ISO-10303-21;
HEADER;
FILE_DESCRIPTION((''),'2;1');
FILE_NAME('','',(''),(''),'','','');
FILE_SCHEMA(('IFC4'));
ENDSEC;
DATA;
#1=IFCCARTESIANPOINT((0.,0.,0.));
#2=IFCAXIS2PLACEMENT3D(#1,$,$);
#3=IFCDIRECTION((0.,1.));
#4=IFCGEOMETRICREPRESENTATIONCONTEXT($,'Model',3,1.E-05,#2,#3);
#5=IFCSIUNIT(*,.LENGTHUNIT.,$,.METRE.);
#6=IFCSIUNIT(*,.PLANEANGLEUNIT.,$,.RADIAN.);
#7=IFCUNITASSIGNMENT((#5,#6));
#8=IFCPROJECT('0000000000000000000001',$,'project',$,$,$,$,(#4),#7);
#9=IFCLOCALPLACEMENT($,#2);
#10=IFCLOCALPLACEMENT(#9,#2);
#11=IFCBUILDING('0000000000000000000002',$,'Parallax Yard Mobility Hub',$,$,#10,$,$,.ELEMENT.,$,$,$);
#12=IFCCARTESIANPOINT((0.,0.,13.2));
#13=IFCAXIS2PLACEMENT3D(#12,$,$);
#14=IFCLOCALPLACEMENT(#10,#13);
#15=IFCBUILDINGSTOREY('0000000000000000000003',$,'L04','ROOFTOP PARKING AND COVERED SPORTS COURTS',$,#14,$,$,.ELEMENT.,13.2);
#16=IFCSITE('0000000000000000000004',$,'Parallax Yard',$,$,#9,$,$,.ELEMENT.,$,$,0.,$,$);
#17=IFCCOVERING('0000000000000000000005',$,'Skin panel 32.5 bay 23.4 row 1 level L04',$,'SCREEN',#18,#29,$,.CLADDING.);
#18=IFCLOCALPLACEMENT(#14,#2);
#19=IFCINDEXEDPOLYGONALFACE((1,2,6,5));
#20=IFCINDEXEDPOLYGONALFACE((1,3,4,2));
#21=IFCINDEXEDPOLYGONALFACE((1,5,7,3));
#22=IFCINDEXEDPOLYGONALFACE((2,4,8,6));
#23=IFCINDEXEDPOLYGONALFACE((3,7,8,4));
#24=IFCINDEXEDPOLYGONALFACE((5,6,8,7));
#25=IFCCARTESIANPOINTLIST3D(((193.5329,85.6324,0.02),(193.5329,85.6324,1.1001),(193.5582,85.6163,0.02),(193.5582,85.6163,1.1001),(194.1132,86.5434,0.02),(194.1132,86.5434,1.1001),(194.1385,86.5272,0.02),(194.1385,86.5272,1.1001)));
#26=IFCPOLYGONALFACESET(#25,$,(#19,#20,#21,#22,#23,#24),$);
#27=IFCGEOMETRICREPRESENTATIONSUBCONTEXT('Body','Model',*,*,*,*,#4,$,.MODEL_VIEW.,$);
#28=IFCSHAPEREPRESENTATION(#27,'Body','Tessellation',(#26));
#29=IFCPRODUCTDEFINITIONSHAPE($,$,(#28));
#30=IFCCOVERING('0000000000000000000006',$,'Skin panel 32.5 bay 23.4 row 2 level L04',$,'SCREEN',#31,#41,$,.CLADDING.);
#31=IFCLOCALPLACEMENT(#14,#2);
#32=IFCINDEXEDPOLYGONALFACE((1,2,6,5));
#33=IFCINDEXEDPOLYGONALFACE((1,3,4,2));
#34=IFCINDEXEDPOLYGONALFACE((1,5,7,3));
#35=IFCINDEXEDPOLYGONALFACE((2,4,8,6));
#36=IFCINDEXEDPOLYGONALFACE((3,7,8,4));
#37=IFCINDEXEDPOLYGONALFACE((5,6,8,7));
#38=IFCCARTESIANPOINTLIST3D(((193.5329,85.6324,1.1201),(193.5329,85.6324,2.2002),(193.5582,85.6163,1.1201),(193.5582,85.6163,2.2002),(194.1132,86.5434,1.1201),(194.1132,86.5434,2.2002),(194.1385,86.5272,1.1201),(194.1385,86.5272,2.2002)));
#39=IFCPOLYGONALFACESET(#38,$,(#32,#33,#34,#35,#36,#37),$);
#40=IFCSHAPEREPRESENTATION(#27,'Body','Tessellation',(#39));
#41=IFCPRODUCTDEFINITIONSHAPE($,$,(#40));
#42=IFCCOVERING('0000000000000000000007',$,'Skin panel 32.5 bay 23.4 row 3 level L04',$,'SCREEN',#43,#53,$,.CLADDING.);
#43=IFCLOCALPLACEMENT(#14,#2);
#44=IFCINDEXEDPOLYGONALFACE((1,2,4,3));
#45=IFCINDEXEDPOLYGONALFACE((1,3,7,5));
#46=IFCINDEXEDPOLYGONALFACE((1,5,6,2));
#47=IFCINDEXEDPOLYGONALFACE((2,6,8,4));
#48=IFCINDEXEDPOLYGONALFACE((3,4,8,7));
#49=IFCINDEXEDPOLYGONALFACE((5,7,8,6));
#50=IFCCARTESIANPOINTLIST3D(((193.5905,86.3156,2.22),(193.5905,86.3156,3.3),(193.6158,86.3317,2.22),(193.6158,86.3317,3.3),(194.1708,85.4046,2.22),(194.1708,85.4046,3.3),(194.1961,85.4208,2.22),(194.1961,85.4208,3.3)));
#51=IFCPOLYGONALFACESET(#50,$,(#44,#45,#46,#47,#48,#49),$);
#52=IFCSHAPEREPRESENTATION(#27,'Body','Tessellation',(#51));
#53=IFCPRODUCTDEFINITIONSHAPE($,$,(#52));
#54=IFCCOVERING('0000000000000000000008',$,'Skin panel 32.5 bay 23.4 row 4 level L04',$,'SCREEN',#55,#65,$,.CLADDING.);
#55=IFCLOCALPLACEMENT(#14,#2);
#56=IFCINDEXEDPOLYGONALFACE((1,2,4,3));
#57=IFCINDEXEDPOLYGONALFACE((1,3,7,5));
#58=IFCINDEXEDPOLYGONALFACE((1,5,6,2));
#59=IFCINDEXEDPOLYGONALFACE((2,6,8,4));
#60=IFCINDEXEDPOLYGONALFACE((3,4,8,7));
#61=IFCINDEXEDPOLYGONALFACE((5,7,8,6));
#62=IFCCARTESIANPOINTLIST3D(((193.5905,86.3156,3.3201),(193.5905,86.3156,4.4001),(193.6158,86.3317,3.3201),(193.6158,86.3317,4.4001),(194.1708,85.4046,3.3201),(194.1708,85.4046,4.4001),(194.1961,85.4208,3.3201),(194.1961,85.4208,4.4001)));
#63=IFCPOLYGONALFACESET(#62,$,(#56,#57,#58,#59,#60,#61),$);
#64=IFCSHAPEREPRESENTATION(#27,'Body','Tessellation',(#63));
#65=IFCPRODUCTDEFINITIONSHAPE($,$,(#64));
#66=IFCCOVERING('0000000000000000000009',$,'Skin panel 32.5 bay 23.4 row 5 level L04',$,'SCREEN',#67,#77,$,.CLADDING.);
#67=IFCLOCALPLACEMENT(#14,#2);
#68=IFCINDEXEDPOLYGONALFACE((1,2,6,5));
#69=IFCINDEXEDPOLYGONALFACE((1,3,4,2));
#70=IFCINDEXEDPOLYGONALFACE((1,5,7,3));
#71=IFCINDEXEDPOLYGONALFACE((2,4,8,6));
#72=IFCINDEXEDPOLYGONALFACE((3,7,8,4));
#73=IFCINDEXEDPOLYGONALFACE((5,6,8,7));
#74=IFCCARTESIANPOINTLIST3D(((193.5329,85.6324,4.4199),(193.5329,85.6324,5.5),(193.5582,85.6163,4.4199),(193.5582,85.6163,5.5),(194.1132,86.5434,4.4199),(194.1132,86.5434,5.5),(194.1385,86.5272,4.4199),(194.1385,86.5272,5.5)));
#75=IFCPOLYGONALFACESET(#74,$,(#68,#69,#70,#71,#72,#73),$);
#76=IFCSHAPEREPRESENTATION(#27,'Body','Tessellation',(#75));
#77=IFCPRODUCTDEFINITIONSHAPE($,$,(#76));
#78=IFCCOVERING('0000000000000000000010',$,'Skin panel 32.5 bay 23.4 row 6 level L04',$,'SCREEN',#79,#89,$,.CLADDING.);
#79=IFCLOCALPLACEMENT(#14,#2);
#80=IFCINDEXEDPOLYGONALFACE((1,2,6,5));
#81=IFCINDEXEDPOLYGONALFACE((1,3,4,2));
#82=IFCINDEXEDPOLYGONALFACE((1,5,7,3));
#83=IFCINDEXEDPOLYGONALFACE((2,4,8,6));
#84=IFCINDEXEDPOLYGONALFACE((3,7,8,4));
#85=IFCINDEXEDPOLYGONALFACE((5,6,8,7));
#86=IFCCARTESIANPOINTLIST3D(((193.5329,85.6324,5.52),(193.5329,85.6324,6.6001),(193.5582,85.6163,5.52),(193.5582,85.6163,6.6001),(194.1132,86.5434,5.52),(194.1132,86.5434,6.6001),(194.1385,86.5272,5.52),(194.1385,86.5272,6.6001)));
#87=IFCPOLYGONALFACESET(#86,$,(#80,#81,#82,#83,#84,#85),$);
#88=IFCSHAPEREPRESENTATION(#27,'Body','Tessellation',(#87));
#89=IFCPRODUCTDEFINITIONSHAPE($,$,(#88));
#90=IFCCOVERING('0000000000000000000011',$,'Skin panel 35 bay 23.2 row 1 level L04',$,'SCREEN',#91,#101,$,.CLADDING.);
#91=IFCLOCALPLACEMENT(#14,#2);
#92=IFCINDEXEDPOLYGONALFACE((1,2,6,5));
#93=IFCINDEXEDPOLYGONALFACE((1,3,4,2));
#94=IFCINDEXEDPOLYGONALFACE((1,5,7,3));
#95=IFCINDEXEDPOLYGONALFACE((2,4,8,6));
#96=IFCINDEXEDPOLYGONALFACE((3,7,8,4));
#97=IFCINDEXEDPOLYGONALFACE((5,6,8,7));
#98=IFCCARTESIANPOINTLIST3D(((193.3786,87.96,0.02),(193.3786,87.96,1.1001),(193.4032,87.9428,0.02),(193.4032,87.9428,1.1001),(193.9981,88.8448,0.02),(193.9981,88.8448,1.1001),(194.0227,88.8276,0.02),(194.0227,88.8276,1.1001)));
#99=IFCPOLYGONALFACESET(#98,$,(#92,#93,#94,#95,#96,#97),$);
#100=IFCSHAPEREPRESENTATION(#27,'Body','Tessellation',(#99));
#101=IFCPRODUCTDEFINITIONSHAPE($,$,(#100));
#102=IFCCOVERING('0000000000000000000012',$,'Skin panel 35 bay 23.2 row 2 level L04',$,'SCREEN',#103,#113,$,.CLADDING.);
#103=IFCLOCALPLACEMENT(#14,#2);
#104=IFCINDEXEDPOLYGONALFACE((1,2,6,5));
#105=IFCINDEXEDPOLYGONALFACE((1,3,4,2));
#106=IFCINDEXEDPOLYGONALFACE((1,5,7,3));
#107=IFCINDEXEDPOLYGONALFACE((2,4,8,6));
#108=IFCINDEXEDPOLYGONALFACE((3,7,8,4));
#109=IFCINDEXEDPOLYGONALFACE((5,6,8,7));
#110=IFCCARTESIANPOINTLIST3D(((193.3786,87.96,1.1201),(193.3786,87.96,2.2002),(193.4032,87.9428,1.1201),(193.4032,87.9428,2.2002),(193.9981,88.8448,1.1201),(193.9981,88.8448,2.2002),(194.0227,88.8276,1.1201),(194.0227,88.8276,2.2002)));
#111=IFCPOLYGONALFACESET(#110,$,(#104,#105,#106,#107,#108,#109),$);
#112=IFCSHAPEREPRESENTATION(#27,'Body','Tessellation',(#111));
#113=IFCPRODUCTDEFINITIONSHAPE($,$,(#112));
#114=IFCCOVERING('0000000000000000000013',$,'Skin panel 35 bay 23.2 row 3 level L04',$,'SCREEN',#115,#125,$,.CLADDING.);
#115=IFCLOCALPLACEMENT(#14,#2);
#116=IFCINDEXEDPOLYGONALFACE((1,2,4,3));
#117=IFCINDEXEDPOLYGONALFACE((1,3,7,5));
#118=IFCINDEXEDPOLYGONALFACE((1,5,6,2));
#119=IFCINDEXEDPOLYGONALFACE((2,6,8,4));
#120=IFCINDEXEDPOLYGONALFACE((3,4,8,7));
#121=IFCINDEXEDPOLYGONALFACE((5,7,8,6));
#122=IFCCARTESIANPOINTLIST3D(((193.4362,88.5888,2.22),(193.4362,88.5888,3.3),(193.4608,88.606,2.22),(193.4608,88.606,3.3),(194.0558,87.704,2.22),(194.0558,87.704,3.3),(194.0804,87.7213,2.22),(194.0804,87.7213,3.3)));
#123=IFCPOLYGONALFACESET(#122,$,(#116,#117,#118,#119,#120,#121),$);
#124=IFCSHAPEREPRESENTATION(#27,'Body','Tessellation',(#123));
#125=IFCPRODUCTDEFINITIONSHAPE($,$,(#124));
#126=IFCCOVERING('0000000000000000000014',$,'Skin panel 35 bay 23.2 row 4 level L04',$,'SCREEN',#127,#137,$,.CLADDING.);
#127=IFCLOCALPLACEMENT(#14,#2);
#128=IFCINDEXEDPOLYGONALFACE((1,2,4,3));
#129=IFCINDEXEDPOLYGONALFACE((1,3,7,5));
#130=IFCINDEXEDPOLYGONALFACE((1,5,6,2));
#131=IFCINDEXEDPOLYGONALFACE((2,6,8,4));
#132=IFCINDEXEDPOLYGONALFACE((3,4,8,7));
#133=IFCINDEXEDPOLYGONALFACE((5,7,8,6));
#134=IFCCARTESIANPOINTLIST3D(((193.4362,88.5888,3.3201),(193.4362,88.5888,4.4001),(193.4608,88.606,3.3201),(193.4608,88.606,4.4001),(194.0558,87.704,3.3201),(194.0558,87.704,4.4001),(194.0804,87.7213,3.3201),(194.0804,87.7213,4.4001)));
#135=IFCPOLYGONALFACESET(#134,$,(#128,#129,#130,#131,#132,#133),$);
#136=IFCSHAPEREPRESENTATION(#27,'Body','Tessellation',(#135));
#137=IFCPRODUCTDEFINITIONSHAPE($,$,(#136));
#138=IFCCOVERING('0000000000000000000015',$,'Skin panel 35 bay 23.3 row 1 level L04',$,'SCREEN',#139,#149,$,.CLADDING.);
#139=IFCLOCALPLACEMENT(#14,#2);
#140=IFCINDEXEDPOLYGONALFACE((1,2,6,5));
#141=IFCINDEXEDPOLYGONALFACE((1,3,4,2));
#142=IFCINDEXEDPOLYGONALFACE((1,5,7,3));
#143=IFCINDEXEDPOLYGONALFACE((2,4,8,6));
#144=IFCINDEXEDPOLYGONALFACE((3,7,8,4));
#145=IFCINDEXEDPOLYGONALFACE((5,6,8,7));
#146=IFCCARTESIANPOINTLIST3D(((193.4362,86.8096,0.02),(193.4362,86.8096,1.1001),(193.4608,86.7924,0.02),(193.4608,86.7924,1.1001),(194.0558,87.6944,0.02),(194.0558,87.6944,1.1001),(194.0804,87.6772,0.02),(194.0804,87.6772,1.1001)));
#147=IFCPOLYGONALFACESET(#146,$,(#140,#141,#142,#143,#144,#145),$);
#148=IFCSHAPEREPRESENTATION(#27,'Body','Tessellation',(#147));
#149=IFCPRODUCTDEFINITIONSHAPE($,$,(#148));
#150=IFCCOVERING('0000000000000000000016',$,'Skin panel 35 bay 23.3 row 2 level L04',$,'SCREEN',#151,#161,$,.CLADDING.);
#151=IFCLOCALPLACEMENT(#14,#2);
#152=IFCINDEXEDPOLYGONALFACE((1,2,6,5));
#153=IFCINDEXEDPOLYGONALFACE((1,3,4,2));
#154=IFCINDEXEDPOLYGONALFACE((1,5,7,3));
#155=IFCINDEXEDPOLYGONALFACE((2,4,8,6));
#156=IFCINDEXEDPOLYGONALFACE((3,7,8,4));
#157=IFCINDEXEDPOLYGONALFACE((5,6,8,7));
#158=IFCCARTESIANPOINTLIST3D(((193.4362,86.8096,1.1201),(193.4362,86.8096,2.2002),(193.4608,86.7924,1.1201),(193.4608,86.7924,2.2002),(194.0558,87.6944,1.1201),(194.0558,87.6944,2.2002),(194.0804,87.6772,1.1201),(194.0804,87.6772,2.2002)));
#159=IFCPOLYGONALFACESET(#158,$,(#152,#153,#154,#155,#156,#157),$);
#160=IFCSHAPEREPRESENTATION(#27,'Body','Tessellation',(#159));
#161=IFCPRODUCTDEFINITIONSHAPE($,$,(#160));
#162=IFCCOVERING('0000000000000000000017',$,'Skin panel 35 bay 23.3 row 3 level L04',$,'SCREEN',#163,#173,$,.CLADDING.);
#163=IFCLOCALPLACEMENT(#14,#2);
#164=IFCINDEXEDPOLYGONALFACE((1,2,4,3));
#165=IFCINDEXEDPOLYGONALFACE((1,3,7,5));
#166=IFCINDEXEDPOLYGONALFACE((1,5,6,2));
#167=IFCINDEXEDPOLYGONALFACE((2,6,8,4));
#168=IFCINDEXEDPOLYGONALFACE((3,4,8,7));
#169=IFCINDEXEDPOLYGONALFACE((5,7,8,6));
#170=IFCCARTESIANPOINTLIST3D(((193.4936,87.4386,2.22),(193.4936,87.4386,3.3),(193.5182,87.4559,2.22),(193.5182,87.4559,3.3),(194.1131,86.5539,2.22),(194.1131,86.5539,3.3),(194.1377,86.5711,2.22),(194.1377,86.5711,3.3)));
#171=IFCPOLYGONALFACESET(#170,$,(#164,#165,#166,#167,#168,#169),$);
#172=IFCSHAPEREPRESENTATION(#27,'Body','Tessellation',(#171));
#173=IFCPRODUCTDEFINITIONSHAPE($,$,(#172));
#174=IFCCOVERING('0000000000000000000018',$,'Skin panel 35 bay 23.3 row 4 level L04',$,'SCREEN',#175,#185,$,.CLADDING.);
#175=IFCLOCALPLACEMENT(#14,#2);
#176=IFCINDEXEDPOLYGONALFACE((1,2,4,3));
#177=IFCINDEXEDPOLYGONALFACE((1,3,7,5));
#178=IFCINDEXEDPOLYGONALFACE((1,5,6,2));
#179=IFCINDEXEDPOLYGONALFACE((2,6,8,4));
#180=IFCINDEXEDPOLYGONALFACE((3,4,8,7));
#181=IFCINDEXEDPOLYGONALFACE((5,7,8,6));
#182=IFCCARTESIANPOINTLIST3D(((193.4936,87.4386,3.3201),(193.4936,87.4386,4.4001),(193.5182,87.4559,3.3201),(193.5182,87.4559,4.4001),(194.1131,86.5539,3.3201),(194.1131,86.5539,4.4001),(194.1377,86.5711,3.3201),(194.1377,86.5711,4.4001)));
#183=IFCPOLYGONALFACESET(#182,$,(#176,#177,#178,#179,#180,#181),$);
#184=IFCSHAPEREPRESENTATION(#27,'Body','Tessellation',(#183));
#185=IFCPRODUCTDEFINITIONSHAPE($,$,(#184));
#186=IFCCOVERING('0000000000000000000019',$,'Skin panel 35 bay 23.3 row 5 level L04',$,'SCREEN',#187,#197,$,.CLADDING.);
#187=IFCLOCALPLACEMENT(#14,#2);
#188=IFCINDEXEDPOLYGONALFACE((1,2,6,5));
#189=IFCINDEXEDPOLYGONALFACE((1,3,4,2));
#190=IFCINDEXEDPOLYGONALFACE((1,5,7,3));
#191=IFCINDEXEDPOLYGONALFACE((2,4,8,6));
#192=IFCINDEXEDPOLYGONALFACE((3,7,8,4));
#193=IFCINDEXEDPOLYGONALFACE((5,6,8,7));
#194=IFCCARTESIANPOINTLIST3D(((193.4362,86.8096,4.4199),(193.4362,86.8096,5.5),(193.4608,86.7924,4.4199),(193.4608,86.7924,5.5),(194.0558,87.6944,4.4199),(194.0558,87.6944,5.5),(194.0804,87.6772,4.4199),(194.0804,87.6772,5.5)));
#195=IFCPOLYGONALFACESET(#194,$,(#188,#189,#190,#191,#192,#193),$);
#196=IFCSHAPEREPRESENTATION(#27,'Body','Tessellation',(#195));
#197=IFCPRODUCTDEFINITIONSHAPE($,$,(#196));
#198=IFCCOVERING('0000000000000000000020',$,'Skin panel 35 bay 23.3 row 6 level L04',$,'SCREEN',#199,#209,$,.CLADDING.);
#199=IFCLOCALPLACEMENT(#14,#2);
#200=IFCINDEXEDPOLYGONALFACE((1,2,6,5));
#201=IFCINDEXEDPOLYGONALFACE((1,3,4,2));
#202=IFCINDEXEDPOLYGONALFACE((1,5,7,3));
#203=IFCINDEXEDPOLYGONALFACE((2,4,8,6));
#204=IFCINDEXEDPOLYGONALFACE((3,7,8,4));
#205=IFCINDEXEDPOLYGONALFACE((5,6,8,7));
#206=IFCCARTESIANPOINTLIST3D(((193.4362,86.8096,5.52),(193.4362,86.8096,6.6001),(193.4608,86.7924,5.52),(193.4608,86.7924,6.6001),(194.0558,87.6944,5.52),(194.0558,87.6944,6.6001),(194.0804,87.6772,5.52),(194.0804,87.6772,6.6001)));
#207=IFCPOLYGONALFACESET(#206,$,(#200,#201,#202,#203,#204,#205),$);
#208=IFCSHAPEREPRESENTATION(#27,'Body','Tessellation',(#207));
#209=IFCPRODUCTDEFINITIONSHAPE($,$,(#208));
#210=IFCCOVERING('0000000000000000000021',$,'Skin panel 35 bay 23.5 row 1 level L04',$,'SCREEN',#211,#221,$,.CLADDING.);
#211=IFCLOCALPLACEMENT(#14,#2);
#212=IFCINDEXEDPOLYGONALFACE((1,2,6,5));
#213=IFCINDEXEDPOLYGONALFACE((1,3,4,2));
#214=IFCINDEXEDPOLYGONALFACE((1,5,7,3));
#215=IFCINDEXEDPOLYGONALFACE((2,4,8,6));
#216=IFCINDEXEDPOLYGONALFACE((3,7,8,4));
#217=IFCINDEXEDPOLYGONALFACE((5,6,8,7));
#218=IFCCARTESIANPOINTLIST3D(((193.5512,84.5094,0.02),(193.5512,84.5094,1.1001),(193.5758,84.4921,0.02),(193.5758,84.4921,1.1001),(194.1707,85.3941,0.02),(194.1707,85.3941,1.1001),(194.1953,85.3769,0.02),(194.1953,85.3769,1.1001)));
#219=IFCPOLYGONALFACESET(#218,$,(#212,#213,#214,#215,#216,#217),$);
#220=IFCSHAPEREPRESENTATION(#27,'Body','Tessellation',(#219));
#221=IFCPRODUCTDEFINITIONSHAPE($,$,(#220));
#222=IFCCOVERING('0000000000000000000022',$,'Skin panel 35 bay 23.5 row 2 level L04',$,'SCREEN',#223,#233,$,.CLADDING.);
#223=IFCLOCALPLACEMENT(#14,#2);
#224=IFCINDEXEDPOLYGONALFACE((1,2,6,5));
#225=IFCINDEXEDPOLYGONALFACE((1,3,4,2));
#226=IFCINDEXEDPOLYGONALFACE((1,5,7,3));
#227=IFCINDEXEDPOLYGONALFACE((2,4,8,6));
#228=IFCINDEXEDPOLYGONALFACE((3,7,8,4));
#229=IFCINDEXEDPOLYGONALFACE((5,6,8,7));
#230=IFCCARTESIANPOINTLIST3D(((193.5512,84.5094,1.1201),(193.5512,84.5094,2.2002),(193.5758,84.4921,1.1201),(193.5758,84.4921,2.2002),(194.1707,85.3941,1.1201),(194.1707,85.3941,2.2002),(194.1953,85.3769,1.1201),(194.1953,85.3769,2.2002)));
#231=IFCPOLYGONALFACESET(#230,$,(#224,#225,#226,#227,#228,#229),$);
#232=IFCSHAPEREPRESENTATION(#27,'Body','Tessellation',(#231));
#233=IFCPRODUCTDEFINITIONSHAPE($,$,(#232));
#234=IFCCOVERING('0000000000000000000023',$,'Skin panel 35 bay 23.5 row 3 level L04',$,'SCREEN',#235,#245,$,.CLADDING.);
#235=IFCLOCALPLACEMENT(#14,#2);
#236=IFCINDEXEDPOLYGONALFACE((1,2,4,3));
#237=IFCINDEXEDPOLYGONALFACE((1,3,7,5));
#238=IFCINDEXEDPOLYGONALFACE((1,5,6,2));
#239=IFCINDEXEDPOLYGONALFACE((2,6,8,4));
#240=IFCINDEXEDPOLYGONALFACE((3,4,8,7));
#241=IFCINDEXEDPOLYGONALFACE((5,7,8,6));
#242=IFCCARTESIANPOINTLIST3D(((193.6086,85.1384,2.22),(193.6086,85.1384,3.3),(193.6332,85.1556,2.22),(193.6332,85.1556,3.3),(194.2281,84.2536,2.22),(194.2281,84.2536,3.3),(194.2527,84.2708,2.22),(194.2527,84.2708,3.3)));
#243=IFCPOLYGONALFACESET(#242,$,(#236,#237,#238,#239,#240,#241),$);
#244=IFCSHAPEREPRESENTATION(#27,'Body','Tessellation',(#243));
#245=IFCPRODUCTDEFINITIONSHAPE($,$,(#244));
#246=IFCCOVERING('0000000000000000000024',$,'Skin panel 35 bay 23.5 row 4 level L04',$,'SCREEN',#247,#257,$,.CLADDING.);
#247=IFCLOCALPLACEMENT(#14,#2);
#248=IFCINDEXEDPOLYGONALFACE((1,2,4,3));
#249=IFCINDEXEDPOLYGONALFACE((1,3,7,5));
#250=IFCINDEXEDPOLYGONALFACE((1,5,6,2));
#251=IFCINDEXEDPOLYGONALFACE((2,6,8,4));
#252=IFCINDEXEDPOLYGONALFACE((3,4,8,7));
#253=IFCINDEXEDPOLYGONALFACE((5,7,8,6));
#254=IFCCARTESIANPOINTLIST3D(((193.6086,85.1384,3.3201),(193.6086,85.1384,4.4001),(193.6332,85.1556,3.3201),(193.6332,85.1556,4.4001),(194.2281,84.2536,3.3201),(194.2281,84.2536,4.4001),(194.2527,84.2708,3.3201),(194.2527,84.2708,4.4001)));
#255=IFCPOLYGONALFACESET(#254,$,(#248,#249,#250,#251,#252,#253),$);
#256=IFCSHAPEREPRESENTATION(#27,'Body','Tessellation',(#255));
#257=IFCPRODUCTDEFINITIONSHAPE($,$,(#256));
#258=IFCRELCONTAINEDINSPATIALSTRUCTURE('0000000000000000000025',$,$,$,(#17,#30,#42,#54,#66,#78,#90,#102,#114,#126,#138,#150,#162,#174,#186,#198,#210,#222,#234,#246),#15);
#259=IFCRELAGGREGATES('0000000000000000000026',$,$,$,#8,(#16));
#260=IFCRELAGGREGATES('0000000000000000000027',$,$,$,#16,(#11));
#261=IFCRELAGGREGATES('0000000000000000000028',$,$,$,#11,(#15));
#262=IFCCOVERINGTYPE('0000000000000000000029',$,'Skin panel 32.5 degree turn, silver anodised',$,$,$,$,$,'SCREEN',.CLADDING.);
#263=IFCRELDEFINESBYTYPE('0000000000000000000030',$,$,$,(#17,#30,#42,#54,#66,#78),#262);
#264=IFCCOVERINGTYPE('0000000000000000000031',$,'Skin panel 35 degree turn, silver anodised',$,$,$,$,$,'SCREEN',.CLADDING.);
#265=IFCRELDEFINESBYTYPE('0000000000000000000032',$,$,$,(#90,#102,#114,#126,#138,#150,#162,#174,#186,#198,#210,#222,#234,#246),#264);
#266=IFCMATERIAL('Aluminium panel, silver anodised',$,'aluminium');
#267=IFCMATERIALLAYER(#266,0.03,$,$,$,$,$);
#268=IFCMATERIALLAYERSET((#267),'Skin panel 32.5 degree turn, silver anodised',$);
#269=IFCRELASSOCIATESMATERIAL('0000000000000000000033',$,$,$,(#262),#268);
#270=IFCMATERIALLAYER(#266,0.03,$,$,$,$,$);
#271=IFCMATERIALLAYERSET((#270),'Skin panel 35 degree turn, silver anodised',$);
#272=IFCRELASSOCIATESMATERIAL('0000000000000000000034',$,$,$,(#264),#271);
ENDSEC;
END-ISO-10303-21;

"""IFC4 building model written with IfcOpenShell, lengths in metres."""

from ifc_helpers import new_model, si_unit, direction, frame, origin, origin_2d, place, context, subcontext, project, spatial, rectangle, extrude, material, layer, layer_set, type_object, element, save


model = new_model("IFC4")

# Units and contexts
model_context = context("Model", 3, precision=1e-05, world=origin(), true_north=direction((0.0, 1.0)))
body_context = subcontext(model_context, "Body", "Model", "MODEL_VIEW")
ifc_project = project(units=[si_unit("LENGTHUNIT", "METRE"), si_unit("PLANEANGLEUNIT", "RADIAN")], contexts=[model_context])

# Site, building, storey
site_placement = place(None, origin())
site = spatial("IfcSite", under=ifc_project, at=site_placement, Name="Parallax Yard", CompositionType="ELEMENT", RefElevation=0.0)
building_placement = place(site_placement, origin())
building = spatial("IfcBuilding", under=site, at=building_placement, Name="Parallax Yard Mobility Hub", CompositionType="ELEMENT")
storey_placement = place(building_placement, frame((0.0, 0.0, 13.2)))
storey = spatial("IfcBuildingStorey", under=building, at=storey_placement, Name="L04", Description="ROOFTOP PARKING AND COVERED SPORTS COURTS", CompositionType="ELEMENT", Elevation=13.2)

# Coverings
ifc_material_1 = material(Name="Aluminium panel, silver anodised", Category="aluminium")
ifc_layer_1 = layer(ifc_material_1, 0.03)
ifc_layer_set_1 = layer_set([ifc_layer_1], Name="Skin panel 32.5 degree turn, silver anodised")
covering_type_1 = type_object("IfcCoveringType", Name="Skin panel 32.5 degree turn, silver anodised", ElementType="SCREEN", PredefinedType="CLADDING", material=ifc_layer_set_1)
for number, where, z_axis, x_axis, name in (
    (1, (193.8357, 86.0798, 0.02), (0.0, 0.0, 1.0), (-0.5373, -0.843391, 0.0), "Skin panel 32.5 bay 23.4 row 1 level L04"),
    (2, (193.8357, 86.0798, 1.1201), (0.0, 0.0, 1.0), (-0.5373, -0.843391, 0.0), "Skin panel 32.5 bay 23.4 row 2 level L04"),
    (3, (193.8933, 85.8682, 2.22), (0.0, 0.0, 1.0), (-0.5373, 0.843391, 0.0), "Skin panel 32.5 bay 23.4 row 3 level L04"),
    (4, (193.8933, 85.8682, 3.3201), (0.0, 0.0, 1.0), (-0.5373, 0.843391, 0.0), "Skin panel 32.5 bay 23.4 row 4 level L04"),
    (5, (193.8357, 86.0798, 4.4199), (0.0, 0.0, 1.0), (-0.5373, -0.843391, 0.0), "Skin panel 32.5 bay 23.4 row 5 level L04"),
    (6, (193.8357, 86.0798, 5.52), (0.0, 0.0, 1.0), (-0.5373, -0.843391, 0.0), "Skin panel 32.5 bay 23.4 row 6 level L04"),
):
    element("IfcCovering", number, at=place(storey_placement, frame(where, z_axis=z_axis, x_axis=x_axis)), inside=storey, type_object=covering_type_1, Name=name, ObjectType="SCREEN", PredefinedType="CLADDING", context=body_context, shape_type="SweptSolid", body=[
        extrude(rectangle(XDim=1.0801, YDim=0.03, at=origin_2d()), origin(), (0.0, 0.0, 1.0), 1.0801),
    ])
ifc_layer_2 = layer(ifc_material_1, 0.03)
ifc_layer_set_2 = layer_set([ifc_layer_2], Name="Skin panel 35 degree turn, silver anodised")
covering_type_2 = type_object("IfcCoveringType", Name="Skin panel 35 degree turn, silver anodised", ElementType="SCREEN", PredefinedType="CLADDING", material=ifc_layer_set_2)
for number, where, z_axis, x_axis, name in (
    (7, (193.7007, 88.3938, 0.02), (0.0, 0.0, 1.0), (-0.573576, -0.819152, 0.0), "Skin panel 35 bay 23.2 row 1 level L04"),
    (8, (193.7007, 88.3938, 1.1201), (0.0, 0.0, 1.0), (-0.573576, -0.819152, 0.0), "Skin panel 35 bay 23.2 row 2 level L04"),
    (9, (193.7583, 88.155, 2.22), (0.0, 0.0, 1.0), (-0.573576, 0.819152, 0.0), "Skin panel 35 bay 23.2 row 3 level L04"),
    (10, (193.7583, 88.155, 3.3201), (0.0, 0.0, 1.0), (-0.573576, 0.819152, 0.0), "Skin panel 35 bay 23.2 row 4 level L04"),
    (11, (193.7583, 87.2434, 0.02), (0.0, 0.0, 1.0), (-0.573576, -0.819152, 0.0), "Skin panel 35 bay 23.3 row 1 level L04"),
    (12, (193.7583, 87.2434, 1.1201), (0.0, 0.0, 1.0), (-0.573576, -0.819152, 0.0), "Skin panel 35 bay 23.3 row 2 level L04"),
    (13, (193.8157, 87.0049, 2.22), (0.0, 0.0, 1.0), (-0.573576, 0.819152, 0.0), "Skin panel 35 bay 23.3 row 3 level L04"),
    (14, (193.8157, 87.0049, 3.3201), (0.0, 0.0, 1.0), (-0.573576, 0.819152, 0.0), "Skin panel 35 bay 23.3 row 4 level L04"),
    (15, (193.7583, 87.2434, 4.4199), (0.0, 0.0, 1.0), (-0.573576, -0.819152, 0.0), "Skin panel 35 bay 23.3 row 5 level L04"),
    (16, (193.7583, 87.2434, 5.52), (0.0, 0.0, 1.0), (-0.573576, -0.819152, 0.0), "Skin panel 35 bay 23.3 row 6 level L04"),
    (17, (193.8733, 84.9431, 0.02), (0.0, 0.0, 1.0), (-0.573576, -0.819152, 0.0), "Skin panel 35 bay 23.5 row 1 level L04"),
    (18, (193.8733, 84.9431, 1.1201), (0.0, 0.0, 1.0), (-0.573576, -0.819152, 0.0), "Skin panel 35 bay 23.5 row 2 level L04"),
    (19, (193.9307, 84.7046, 2.22), (0.0, 0.0, 1.0), (-0.573576, 0.819152, 0.0), "Skin panel 35 bay 23.5 row 3 level L04"),
    (20, (193.9307, 84.7046, 3.3201), (0.0, 0.0, 1.0), (-0.573576, 0.819152, 0.0), "Skin panel 35 bay 23.5 row 4 level L04"),
):
    element("IfcCovering", number, at=place(storey_placement, frame(where, z_axis=z_axis, x_axis=x_axis)), inside=storey, type_object=covering_type_2, Name=name, ObjectType="SCREEN", PredefinedType="CLADDING", context=body_context, shape_type="SweptSolid", body=[
        extrude(rectangle(XDim=1.0801, YDim=0.03, at=origin_2d()), origin(), (0.0, 0.0, 1.0), 1.0801),
    ])

save(model, "model.ifc")
